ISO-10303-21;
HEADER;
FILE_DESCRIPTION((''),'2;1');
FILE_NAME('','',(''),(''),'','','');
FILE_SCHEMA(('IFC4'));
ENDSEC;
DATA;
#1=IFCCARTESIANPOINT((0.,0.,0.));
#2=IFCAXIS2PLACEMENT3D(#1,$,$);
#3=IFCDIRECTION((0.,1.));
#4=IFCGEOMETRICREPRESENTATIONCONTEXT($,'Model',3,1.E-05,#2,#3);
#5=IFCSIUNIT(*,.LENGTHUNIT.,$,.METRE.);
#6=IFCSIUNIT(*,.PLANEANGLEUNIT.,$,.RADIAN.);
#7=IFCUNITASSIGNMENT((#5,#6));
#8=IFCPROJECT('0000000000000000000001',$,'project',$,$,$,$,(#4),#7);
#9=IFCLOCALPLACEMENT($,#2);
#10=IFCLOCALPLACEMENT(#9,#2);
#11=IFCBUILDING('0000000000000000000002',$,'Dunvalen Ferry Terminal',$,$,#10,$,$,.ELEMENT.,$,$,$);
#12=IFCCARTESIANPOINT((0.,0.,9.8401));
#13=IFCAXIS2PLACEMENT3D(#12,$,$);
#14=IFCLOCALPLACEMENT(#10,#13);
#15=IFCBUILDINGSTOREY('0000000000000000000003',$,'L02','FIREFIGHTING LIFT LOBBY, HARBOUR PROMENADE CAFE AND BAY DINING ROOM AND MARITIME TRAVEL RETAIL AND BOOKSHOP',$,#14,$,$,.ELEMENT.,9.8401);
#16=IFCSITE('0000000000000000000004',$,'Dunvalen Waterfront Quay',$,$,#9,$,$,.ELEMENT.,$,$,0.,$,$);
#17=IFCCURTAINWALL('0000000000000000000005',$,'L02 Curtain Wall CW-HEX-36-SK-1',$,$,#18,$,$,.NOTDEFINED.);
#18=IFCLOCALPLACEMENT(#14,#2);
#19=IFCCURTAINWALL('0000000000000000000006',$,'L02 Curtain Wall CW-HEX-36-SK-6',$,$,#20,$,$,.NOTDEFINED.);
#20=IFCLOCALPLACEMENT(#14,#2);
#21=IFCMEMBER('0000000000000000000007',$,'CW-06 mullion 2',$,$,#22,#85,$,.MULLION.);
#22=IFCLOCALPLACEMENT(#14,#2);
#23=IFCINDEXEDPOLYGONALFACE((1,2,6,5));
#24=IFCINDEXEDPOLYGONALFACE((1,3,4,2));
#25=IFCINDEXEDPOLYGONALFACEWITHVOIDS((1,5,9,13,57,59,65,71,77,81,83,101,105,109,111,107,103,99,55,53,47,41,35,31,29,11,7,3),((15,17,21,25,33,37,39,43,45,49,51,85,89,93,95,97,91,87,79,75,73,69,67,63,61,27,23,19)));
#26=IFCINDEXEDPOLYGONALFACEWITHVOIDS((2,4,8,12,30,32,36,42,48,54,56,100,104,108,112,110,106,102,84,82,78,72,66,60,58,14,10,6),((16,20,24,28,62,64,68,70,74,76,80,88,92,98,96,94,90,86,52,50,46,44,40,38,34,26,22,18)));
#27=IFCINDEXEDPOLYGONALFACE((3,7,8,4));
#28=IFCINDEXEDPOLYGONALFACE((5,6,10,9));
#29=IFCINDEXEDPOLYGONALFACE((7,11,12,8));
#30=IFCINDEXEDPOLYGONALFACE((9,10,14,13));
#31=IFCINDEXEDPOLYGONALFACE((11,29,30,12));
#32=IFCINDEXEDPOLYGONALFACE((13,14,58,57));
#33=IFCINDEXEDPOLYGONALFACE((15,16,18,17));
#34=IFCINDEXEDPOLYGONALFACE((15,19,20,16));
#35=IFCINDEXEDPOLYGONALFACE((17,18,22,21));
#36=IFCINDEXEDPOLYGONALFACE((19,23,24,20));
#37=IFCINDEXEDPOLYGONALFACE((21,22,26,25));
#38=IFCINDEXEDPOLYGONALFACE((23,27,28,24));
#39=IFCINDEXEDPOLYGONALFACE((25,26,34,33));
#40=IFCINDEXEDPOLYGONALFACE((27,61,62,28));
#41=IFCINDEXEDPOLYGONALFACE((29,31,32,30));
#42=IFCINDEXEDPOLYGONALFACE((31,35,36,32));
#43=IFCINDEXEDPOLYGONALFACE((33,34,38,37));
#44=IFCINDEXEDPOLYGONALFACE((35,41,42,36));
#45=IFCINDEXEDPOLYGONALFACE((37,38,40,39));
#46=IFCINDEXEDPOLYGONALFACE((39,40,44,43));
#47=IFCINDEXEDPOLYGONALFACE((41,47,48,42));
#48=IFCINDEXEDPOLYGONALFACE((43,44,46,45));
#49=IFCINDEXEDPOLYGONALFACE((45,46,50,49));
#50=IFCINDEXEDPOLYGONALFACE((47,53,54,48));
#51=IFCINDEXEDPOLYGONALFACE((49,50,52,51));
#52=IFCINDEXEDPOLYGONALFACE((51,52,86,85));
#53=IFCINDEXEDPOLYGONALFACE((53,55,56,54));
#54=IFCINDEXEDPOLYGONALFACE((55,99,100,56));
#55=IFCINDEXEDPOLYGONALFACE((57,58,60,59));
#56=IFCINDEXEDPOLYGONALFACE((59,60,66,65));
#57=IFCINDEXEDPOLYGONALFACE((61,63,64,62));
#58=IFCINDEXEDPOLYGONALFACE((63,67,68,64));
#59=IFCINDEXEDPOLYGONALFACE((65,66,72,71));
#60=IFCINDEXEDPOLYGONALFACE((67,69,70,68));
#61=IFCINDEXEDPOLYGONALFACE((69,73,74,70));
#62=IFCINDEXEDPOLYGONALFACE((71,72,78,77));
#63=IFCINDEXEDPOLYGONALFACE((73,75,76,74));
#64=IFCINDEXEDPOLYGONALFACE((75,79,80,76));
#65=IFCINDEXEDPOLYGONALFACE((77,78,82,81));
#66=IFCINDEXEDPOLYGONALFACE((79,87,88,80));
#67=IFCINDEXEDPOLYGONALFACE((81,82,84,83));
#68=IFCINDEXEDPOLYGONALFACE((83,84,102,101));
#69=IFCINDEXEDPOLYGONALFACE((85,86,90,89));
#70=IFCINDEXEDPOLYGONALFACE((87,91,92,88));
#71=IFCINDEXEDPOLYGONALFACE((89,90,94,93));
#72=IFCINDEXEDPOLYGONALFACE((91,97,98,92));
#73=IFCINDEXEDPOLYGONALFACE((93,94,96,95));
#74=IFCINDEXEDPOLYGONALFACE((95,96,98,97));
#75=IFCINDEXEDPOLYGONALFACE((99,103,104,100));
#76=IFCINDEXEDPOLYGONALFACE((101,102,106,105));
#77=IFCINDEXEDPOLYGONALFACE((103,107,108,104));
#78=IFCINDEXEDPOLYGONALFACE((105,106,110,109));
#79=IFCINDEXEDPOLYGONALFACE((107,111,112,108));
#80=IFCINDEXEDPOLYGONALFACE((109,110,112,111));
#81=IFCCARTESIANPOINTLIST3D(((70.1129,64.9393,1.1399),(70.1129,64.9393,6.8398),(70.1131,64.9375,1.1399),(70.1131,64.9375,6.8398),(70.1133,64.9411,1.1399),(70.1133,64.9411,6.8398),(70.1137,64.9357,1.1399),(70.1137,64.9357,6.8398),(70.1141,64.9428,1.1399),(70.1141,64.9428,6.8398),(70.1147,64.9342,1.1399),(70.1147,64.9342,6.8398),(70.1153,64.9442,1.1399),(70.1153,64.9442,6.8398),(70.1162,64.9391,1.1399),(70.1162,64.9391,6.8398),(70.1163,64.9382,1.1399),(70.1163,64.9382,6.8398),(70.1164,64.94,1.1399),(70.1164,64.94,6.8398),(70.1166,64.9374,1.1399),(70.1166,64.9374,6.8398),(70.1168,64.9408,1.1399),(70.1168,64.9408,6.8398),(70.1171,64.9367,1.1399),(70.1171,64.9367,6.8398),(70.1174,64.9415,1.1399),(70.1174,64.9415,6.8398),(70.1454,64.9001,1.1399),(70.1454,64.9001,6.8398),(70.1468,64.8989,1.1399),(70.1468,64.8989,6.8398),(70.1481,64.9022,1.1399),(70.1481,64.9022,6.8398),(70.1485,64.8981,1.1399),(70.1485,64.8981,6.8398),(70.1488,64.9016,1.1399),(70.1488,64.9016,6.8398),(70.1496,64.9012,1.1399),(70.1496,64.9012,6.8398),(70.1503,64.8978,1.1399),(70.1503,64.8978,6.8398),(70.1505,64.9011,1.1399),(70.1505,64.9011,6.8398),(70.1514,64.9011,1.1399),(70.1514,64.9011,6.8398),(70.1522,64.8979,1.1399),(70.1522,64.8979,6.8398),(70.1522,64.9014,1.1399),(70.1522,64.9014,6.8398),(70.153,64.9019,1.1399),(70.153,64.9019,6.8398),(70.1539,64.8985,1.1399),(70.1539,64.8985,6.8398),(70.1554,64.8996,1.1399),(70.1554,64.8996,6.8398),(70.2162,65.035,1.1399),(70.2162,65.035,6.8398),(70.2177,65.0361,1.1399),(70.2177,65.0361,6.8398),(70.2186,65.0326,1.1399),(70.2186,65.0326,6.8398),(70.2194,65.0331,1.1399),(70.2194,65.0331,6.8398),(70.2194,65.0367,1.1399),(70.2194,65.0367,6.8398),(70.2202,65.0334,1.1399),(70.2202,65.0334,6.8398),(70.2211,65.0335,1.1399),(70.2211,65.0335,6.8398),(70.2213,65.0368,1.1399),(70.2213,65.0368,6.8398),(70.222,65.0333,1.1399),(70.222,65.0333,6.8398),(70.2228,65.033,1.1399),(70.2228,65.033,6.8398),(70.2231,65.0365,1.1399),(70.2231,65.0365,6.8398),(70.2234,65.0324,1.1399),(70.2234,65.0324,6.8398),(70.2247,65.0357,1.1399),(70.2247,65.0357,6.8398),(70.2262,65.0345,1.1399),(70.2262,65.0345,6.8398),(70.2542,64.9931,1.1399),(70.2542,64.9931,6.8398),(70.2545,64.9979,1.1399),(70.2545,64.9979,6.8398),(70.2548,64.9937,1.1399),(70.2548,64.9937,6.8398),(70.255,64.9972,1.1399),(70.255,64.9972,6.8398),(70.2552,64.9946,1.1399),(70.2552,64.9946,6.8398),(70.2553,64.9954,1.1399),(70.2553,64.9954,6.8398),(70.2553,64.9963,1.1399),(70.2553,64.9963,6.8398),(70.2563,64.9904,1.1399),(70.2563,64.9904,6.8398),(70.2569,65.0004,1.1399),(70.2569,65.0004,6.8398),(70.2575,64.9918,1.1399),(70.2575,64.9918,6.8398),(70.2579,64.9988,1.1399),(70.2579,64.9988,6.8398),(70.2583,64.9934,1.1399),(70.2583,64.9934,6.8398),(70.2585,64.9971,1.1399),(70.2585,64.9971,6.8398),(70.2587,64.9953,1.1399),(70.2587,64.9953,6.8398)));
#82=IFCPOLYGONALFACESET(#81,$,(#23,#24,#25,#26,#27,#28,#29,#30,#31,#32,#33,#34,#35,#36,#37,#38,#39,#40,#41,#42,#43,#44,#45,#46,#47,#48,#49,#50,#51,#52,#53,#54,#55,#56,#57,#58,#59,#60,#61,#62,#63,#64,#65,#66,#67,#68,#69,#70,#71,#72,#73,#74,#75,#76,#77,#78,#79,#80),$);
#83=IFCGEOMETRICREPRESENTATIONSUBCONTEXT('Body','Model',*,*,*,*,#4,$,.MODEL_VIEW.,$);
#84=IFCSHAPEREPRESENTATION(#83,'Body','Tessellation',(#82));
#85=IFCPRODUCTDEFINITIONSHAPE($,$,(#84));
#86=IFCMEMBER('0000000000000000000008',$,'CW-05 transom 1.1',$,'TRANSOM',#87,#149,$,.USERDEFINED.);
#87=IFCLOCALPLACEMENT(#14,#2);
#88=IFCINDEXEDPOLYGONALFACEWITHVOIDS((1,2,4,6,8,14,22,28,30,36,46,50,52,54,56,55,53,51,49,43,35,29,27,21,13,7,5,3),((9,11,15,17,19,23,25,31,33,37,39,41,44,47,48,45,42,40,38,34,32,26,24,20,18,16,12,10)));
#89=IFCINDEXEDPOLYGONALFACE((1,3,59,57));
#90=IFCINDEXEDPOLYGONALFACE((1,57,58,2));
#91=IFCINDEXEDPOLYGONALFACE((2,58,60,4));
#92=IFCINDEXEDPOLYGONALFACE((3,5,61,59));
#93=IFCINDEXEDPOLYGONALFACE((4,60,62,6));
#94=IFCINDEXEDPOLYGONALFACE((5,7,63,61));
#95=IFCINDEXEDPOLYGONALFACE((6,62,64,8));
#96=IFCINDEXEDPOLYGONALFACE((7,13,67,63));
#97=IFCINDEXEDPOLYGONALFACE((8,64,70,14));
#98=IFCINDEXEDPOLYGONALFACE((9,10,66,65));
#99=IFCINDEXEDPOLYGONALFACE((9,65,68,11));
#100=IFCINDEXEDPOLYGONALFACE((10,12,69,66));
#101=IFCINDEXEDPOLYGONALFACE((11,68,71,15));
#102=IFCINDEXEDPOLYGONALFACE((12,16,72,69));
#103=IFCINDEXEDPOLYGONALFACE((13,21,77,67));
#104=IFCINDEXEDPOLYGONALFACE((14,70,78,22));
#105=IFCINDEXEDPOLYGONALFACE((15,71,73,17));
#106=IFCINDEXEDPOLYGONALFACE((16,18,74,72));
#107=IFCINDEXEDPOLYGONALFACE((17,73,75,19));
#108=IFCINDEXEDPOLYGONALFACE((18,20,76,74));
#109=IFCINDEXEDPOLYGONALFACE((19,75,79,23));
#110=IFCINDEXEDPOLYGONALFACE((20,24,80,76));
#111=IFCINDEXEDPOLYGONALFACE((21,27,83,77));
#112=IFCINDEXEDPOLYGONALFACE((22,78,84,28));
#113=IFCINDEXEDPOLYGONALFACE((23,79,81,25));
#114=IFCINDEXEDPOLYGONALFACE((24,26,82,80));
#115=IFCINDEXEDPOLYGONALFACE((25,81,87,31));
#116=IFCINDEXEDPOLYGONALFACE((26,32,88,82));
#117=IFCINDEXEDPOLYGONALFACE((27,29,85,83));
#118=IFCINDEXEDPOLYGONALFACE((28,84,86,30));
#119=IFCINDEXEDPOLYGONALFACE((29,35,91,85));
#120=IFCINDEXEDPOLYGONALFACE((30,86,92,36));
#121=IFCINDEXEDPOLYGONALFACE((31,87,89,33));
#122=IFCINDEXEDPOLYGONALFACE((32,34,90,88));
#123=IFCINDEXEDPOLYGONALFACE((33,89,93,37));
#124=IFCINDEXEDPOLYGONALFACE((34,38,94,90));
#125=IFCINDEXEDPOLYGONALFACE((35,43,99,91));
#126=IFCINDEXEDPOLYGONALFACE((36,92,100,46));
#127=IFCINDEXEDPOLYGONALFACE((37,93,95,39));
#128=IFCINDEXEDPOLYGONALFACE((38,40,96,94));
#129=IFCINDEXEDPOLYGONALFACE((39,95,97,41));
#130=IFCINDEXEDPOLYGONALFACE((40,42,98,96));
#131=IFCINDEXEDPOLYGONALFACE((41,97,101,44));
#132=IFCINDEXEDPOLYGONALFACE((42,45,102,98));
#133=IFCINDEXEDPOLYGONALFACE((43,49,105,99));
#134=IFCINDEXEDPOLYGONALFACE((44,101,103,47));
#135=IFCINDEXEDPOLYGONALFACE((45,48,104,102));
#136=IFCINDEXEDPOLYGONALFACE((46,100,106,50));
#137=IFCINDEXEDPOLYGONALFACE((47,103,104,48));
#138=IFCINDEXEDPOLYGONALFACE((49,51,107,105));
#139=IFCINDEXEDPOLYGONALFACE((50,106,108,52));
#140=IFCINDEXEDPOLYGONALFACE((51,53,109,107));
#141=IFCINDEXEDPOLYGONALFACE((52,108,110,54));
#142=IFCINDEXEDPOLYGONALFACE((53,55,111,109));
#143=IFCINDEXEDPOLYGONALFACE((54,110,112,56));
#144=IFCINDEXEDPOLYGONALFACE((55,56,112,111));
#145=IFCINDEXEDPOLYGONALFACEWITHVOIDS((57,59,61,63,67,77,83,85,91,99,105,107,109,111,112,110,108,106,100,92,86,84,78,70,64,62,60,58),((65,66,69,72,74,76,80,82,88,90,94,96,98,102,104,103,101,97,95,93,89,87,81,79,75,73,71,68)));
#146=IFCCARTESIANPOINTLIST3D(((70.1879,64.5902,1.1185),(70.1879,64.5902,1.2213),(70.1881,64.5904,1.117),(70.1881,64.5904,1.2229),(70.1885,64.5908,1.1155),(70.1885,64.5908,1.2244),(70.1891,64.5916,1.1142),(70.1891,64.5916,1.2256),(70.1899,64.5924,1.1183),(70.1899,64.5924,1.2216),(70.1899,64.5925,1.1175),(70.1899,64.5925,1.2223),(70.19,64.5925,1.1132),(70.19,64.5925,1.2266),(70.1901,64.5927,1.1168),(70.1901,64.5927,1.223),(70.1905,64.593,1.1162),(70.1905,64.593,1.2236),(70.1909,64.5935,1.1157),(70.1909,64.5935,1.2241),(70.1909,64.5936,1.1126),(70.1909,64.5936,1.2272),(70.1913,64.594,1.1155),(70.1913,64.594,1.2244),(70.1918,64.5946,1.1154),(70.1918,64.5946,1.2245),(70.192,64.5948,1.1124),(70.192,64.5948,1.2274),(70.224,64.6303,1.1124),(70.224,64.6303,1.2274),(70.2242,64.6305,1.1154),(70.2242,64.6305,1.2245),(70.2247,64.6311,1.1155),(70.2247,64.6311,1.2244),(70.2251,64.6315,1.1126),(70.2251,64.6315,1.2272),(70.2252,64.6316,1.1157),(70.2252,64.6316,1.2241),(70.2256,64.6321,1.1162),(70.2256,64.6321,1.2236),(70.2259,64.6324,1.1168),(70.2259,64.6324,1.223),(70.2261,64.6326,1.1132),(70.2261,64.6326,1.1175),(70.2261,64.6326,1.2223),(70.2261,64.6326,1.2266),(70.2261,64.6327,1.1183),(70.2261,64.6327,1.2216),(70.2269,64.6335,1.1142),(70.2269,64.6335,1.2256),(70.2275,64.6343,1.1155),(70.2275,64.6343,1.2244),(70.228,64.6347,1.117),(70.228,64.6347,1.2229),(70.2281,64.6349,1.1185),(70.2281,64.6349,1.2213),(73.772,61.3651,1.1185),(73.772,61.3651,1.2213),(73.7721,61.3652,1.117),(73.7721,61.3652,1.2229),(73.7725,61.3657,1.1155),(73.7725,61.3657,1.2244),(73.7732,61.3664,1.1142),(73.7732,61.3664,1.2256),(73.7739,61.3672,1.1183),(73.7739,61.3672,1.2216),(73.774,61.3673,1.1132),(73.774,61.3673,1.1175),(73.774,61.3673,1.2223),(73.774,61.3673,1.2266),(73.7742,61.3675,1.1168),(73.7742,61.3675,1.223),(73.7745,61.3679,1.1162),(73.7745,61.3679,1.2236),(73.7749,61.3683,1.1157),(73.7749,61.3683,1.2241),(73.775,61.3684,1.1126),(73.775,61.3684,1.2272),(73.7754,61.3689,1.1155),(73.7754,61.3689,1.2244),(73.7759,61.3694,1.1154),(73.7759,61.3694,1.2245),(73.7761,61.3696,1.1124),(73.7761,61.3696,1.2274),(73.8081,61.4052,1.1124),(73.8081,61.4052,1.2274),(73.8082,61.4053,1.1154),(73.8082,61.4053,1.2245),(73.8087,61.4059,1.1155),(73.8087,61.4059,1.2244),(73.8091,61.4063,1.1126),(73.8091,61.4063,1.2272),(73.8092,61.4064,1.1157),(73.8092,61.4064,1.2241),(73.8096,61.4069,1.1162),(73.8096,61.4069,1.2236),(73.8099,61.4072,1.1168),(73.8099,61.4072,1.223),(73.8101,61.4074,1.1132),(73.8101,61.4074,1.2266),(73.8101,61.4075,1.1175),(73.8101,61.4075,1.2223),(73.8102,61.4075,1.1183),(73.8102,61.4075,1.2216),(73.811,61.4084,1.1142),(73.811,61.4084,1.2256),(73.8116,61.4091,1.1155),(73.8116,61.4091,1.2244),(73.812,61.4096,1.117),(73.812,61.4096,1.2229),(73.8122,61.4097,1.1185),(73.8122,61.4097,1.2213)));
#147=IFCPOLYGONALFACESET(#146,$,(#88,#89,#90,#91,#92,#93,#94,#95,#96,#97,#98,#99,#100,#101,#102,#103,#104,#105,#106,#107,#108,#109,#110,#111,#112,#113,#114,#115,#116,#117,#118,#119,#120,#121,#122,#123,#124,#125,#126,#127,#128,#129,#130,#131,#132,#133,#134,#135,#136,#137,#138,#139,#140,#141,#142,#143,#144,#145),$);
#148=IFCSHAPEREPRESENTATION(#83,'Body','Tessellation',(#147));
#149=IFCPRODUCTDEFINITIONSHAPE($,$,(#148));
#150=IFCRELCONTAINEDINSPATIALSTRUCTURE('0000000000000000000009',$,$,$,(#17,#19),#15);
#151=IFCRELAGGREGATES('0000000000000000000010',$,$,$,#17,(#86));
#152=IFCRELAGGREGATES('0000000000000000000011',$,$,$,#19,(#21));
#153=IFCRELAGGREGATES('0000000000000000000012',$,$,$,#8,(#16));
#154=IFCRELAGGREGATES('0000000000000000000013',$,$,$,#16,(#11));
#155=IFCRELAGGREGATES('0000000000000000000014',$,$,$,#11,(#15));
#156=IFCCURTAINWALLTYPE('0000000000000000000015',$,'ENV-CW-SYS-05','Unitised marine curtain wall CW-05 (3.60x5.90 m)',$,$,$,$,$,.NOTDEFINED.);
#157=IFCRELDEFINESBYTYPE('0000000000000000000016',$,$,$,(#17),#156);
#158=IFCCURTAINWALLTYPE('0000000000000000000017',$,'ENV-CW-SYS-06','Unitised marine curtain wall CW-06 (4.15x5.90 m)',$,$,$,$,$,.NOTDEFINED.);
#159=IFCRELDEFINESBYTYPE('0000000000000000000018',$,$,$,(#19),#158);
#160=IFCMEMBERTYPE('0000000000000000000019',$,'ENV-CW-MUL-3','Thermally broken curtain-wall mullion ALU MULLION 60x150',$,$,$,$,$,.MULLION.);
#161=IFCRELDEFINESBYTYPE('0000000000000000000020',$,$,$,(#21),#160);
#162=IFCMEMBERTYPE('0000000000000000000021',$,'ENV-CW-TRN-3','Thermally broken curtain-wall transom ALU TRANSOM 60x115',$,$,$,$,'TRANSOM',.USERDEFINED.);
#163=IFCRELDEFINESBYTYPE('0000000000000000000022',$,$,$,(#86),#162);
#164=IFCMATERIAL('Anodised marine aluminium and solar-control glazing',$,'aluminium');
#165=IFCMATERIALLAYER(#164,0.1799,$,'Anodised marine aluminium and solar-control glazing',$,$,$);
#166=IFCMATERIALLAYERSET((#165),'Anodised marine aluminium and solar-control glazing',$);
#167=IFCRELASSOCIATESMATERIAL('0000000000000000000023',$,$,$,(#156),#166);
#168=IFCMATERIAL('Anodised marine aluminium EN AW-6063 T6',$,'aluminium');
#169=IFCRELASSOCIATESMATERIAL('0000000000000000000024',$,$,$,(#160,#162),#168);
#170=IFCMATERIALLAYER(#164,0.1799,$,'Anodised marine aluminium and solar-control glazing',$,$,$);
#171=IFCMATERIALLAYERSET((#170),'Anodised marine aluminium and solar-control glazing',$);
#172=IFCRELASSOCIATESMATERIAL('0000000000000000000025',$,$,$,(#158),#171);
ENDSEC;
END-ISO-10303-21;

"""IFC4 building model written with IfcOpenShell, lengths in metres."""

from ifc_helpers import new_model, si_unit, direction, frame, origin, origin_2d, place, context, subcontext, project, spatial, hollow_rectangle, extrude, material, layer, layer_set, material_profile, profile_set, type_object, element, aggregate, save


model = new_model("IFC4")

# Units and contexts
model_context = context("Model", 3, precision=1e-05, world=origin(), true_north=direction((0.0, 1.0)))
body_context = subcontext(model_context, "Body", "Model", "MODEL_VIEW")
ifc_project = project(units=[si_unit("LENGTHUNIT", "METRE"), si_unit("PLANEANGLEUNIT", "RADIAN")], contexts=[model_context])

# Site, building, storey
site_placement = place(None, origin())
site = spatial("IfcSite", under=ifc_project, at=site_placement, Name="Dunvalen Waterfront Quay", CompositionType="ELEMENT", RefElevation=0.0)
building_placement = place(site_placement, origin())
building = spatial("IfcBuilding", under=site, at=building_placement, Name="Dunvalen Ferry Terminal", CompositionType="ELEMENT")
storey_placement = place(building_placement, frame((0.0, 0.0, 9.8401)))
storey = spatial("IfcBuildingStorey", under=building, at=storey_placement, Name="L02", Description="FIREFIGHTING LIFT LOBBY, HARBOUR PROMENADE CAFE AND BAY DINING ROOM AND MARITIME TRAVEL RETAIL AND BOOKSHOP", CompositionType="ELEMENT", Elevation=9.8401)

# Curtain wall
ifc_material_1 = material(Name="Anodised marine aluminium and solar-control glazing", Category="aluminium")
ifc_layer_1 = layer(ifc_material_1, 0.1799, Name="Anodised marine aluminium and solar-control glazing")
ifc_layer_set_1 = layer_set([ifc_layer_1], Name="Anodised marine aluminium and solar-control glazing")
curtain_wall_type_1 = type_object("IfcCurtainWallType", Name="ENV-CW-SYS-05", Description="Unitised marine curtain wall CW-05 (3.60x5.90 m)", PredefinedType="NOTDEFINED", material=ifc_layer_set_1)
curtain_wall_1_placement = place(storey_placement, origin())
curtain_wall_1 = element("IfcCurtainWall", 1, at=curtain_wall_1_placement, inside=storey, type_object=curtain_wall_type_1, Name="L02 Curtain Wall CW-HEX-36-SK-1", PredefinedType="NOTDEFINED")
ifc_material_2 = material(Name="Anodised marine aluminium EN AW-6063 T6", Category="aluminium")
ifc_material_profile_1 = material_profile(ifc_material_2, hollow_rectangle(XDim=0.0601, YDim=0.1499, WallThickness=0.0034, InnerFilletRadius=0.0034, OuterFilletRadius=0.0071, at=origin_2d()), Name="Anodised marine aluminium EN AW-6063 T6")
ifc_profile_set_1 = profile_set([ifc_material_profile_1], Name="Anodised marine aluminium EN AW-6063 T6")
member_type_1 = type_object("IfcMemberType", Name="ENV-CW-MUL-3", Description="Thermally broken curtain-wall mullion ALU MULLION 60x150", PredefinedType="MULLION", material=ifc_profile_set_1)

# Curtain wall, member
ifc_layer_2 = layer(ifc_material_1, 0.1799, Name="Anodised marine aluminium and solar-control glazing")
ifc_layer_set_2 = layer_set([ifc_layer_2], Name="Anodised marine aluminium and solar-control glazing")
curtain_wall_type_2 = type_object("IfcCurtainWallType", Name="ENV-CW-SYS-06", Description="Unitised marine curtain wall CW-06 (4.15x5.90 m)", PredefinedType="NOTDEFINED", material=ifc_layer_set_2)
curtain_wall_2_placement = place(storey_placement, origin())
curtain_wall_2 = element("IfcCurtainWall", 2, at=curtain_wall_2_placement, inside=storey, type_object=curtain_wall_type_2, Name="L02 Curtain Wall CW-HEX-36-SK-6", PredefinedType="NOTDEFINED")
member_1_placement = place(storey_placement, frame((70.1858, 64.9673, 1.1399), z_axis=(0.0, 0.0, 1.0), x_axis=(0.668954, -0.743304, 0.0)))
member_1 = element("IfcMember", 3, at=member_1_placement, type_object=member_type_1, Name="CW-06 mullion 2", PredefinedType="MULLION", context=body_context, shape_type="SweptSolid", body=[
    extrude(hollow_rectangle(XDim=0.0601, YDim=0.1499, WallThickness=0.0034, InnerFilletRadius=0.0034, OuterFilletRadius=0.0071, at=origin_2d()), origin(), (0.0, 0.0, 1.0), 5.7),
])

# Member
ifc_material_profile_2 = material_profile(ifc_material_2, hollow_rectangle(XDim=0.0601, YDim=0.115, WallThickness=0.0029, InnerFilletRadius=0.0029, OuterFilletRadius=0.0061, at=origin_2d()), Name="Anodised marine aluminium EN AW-6063 T6")
ifc_profile_set_2 = profile_set([ifc_material_profile_2], Name="Anodised marine aluminium EN AW-6063 T6")
member_type_2 = type_object("IfcMemberType", Name="ENV-CW-TRN-3", Description="Thermally broken curtain-wall transom ALU TRANSOM 60x115", ElementType="TRANSOM", PredefinedType="USERDEFINED", material=ifc_profile_set_2)
member_2_placement = place(storey_placement, frame((70.208, 64.6125, 1.1699), z_axis=(0.743345, -0.668909, 0.0), x_axis=(0.668909, 0.743345, 0.0)))
member_2 = element("IfcMember", 4, at=member_2_placement, type_object=member_type_2, Name="CW-05 transom 1.1", ObjectType="TRANSOM", PredefinedType="USERDEFINED", context=body_context, shape_type="SweptSolid", body=[
    extrude(hollow_rectangle(XDim=0.0601, YDim=0.115, WallThickness=0.0029, InnerFilletRadius=0.0029, OuterFilletRadius=0.0061, at=origin_2d()), origin(), (0.0, 0.0, 1.0), 4.8215),
])

aggregate(curtain_wall_1, [member_2])
aggregate(curtain_wall_2, [member_1])

save(model, "model.ifc")
